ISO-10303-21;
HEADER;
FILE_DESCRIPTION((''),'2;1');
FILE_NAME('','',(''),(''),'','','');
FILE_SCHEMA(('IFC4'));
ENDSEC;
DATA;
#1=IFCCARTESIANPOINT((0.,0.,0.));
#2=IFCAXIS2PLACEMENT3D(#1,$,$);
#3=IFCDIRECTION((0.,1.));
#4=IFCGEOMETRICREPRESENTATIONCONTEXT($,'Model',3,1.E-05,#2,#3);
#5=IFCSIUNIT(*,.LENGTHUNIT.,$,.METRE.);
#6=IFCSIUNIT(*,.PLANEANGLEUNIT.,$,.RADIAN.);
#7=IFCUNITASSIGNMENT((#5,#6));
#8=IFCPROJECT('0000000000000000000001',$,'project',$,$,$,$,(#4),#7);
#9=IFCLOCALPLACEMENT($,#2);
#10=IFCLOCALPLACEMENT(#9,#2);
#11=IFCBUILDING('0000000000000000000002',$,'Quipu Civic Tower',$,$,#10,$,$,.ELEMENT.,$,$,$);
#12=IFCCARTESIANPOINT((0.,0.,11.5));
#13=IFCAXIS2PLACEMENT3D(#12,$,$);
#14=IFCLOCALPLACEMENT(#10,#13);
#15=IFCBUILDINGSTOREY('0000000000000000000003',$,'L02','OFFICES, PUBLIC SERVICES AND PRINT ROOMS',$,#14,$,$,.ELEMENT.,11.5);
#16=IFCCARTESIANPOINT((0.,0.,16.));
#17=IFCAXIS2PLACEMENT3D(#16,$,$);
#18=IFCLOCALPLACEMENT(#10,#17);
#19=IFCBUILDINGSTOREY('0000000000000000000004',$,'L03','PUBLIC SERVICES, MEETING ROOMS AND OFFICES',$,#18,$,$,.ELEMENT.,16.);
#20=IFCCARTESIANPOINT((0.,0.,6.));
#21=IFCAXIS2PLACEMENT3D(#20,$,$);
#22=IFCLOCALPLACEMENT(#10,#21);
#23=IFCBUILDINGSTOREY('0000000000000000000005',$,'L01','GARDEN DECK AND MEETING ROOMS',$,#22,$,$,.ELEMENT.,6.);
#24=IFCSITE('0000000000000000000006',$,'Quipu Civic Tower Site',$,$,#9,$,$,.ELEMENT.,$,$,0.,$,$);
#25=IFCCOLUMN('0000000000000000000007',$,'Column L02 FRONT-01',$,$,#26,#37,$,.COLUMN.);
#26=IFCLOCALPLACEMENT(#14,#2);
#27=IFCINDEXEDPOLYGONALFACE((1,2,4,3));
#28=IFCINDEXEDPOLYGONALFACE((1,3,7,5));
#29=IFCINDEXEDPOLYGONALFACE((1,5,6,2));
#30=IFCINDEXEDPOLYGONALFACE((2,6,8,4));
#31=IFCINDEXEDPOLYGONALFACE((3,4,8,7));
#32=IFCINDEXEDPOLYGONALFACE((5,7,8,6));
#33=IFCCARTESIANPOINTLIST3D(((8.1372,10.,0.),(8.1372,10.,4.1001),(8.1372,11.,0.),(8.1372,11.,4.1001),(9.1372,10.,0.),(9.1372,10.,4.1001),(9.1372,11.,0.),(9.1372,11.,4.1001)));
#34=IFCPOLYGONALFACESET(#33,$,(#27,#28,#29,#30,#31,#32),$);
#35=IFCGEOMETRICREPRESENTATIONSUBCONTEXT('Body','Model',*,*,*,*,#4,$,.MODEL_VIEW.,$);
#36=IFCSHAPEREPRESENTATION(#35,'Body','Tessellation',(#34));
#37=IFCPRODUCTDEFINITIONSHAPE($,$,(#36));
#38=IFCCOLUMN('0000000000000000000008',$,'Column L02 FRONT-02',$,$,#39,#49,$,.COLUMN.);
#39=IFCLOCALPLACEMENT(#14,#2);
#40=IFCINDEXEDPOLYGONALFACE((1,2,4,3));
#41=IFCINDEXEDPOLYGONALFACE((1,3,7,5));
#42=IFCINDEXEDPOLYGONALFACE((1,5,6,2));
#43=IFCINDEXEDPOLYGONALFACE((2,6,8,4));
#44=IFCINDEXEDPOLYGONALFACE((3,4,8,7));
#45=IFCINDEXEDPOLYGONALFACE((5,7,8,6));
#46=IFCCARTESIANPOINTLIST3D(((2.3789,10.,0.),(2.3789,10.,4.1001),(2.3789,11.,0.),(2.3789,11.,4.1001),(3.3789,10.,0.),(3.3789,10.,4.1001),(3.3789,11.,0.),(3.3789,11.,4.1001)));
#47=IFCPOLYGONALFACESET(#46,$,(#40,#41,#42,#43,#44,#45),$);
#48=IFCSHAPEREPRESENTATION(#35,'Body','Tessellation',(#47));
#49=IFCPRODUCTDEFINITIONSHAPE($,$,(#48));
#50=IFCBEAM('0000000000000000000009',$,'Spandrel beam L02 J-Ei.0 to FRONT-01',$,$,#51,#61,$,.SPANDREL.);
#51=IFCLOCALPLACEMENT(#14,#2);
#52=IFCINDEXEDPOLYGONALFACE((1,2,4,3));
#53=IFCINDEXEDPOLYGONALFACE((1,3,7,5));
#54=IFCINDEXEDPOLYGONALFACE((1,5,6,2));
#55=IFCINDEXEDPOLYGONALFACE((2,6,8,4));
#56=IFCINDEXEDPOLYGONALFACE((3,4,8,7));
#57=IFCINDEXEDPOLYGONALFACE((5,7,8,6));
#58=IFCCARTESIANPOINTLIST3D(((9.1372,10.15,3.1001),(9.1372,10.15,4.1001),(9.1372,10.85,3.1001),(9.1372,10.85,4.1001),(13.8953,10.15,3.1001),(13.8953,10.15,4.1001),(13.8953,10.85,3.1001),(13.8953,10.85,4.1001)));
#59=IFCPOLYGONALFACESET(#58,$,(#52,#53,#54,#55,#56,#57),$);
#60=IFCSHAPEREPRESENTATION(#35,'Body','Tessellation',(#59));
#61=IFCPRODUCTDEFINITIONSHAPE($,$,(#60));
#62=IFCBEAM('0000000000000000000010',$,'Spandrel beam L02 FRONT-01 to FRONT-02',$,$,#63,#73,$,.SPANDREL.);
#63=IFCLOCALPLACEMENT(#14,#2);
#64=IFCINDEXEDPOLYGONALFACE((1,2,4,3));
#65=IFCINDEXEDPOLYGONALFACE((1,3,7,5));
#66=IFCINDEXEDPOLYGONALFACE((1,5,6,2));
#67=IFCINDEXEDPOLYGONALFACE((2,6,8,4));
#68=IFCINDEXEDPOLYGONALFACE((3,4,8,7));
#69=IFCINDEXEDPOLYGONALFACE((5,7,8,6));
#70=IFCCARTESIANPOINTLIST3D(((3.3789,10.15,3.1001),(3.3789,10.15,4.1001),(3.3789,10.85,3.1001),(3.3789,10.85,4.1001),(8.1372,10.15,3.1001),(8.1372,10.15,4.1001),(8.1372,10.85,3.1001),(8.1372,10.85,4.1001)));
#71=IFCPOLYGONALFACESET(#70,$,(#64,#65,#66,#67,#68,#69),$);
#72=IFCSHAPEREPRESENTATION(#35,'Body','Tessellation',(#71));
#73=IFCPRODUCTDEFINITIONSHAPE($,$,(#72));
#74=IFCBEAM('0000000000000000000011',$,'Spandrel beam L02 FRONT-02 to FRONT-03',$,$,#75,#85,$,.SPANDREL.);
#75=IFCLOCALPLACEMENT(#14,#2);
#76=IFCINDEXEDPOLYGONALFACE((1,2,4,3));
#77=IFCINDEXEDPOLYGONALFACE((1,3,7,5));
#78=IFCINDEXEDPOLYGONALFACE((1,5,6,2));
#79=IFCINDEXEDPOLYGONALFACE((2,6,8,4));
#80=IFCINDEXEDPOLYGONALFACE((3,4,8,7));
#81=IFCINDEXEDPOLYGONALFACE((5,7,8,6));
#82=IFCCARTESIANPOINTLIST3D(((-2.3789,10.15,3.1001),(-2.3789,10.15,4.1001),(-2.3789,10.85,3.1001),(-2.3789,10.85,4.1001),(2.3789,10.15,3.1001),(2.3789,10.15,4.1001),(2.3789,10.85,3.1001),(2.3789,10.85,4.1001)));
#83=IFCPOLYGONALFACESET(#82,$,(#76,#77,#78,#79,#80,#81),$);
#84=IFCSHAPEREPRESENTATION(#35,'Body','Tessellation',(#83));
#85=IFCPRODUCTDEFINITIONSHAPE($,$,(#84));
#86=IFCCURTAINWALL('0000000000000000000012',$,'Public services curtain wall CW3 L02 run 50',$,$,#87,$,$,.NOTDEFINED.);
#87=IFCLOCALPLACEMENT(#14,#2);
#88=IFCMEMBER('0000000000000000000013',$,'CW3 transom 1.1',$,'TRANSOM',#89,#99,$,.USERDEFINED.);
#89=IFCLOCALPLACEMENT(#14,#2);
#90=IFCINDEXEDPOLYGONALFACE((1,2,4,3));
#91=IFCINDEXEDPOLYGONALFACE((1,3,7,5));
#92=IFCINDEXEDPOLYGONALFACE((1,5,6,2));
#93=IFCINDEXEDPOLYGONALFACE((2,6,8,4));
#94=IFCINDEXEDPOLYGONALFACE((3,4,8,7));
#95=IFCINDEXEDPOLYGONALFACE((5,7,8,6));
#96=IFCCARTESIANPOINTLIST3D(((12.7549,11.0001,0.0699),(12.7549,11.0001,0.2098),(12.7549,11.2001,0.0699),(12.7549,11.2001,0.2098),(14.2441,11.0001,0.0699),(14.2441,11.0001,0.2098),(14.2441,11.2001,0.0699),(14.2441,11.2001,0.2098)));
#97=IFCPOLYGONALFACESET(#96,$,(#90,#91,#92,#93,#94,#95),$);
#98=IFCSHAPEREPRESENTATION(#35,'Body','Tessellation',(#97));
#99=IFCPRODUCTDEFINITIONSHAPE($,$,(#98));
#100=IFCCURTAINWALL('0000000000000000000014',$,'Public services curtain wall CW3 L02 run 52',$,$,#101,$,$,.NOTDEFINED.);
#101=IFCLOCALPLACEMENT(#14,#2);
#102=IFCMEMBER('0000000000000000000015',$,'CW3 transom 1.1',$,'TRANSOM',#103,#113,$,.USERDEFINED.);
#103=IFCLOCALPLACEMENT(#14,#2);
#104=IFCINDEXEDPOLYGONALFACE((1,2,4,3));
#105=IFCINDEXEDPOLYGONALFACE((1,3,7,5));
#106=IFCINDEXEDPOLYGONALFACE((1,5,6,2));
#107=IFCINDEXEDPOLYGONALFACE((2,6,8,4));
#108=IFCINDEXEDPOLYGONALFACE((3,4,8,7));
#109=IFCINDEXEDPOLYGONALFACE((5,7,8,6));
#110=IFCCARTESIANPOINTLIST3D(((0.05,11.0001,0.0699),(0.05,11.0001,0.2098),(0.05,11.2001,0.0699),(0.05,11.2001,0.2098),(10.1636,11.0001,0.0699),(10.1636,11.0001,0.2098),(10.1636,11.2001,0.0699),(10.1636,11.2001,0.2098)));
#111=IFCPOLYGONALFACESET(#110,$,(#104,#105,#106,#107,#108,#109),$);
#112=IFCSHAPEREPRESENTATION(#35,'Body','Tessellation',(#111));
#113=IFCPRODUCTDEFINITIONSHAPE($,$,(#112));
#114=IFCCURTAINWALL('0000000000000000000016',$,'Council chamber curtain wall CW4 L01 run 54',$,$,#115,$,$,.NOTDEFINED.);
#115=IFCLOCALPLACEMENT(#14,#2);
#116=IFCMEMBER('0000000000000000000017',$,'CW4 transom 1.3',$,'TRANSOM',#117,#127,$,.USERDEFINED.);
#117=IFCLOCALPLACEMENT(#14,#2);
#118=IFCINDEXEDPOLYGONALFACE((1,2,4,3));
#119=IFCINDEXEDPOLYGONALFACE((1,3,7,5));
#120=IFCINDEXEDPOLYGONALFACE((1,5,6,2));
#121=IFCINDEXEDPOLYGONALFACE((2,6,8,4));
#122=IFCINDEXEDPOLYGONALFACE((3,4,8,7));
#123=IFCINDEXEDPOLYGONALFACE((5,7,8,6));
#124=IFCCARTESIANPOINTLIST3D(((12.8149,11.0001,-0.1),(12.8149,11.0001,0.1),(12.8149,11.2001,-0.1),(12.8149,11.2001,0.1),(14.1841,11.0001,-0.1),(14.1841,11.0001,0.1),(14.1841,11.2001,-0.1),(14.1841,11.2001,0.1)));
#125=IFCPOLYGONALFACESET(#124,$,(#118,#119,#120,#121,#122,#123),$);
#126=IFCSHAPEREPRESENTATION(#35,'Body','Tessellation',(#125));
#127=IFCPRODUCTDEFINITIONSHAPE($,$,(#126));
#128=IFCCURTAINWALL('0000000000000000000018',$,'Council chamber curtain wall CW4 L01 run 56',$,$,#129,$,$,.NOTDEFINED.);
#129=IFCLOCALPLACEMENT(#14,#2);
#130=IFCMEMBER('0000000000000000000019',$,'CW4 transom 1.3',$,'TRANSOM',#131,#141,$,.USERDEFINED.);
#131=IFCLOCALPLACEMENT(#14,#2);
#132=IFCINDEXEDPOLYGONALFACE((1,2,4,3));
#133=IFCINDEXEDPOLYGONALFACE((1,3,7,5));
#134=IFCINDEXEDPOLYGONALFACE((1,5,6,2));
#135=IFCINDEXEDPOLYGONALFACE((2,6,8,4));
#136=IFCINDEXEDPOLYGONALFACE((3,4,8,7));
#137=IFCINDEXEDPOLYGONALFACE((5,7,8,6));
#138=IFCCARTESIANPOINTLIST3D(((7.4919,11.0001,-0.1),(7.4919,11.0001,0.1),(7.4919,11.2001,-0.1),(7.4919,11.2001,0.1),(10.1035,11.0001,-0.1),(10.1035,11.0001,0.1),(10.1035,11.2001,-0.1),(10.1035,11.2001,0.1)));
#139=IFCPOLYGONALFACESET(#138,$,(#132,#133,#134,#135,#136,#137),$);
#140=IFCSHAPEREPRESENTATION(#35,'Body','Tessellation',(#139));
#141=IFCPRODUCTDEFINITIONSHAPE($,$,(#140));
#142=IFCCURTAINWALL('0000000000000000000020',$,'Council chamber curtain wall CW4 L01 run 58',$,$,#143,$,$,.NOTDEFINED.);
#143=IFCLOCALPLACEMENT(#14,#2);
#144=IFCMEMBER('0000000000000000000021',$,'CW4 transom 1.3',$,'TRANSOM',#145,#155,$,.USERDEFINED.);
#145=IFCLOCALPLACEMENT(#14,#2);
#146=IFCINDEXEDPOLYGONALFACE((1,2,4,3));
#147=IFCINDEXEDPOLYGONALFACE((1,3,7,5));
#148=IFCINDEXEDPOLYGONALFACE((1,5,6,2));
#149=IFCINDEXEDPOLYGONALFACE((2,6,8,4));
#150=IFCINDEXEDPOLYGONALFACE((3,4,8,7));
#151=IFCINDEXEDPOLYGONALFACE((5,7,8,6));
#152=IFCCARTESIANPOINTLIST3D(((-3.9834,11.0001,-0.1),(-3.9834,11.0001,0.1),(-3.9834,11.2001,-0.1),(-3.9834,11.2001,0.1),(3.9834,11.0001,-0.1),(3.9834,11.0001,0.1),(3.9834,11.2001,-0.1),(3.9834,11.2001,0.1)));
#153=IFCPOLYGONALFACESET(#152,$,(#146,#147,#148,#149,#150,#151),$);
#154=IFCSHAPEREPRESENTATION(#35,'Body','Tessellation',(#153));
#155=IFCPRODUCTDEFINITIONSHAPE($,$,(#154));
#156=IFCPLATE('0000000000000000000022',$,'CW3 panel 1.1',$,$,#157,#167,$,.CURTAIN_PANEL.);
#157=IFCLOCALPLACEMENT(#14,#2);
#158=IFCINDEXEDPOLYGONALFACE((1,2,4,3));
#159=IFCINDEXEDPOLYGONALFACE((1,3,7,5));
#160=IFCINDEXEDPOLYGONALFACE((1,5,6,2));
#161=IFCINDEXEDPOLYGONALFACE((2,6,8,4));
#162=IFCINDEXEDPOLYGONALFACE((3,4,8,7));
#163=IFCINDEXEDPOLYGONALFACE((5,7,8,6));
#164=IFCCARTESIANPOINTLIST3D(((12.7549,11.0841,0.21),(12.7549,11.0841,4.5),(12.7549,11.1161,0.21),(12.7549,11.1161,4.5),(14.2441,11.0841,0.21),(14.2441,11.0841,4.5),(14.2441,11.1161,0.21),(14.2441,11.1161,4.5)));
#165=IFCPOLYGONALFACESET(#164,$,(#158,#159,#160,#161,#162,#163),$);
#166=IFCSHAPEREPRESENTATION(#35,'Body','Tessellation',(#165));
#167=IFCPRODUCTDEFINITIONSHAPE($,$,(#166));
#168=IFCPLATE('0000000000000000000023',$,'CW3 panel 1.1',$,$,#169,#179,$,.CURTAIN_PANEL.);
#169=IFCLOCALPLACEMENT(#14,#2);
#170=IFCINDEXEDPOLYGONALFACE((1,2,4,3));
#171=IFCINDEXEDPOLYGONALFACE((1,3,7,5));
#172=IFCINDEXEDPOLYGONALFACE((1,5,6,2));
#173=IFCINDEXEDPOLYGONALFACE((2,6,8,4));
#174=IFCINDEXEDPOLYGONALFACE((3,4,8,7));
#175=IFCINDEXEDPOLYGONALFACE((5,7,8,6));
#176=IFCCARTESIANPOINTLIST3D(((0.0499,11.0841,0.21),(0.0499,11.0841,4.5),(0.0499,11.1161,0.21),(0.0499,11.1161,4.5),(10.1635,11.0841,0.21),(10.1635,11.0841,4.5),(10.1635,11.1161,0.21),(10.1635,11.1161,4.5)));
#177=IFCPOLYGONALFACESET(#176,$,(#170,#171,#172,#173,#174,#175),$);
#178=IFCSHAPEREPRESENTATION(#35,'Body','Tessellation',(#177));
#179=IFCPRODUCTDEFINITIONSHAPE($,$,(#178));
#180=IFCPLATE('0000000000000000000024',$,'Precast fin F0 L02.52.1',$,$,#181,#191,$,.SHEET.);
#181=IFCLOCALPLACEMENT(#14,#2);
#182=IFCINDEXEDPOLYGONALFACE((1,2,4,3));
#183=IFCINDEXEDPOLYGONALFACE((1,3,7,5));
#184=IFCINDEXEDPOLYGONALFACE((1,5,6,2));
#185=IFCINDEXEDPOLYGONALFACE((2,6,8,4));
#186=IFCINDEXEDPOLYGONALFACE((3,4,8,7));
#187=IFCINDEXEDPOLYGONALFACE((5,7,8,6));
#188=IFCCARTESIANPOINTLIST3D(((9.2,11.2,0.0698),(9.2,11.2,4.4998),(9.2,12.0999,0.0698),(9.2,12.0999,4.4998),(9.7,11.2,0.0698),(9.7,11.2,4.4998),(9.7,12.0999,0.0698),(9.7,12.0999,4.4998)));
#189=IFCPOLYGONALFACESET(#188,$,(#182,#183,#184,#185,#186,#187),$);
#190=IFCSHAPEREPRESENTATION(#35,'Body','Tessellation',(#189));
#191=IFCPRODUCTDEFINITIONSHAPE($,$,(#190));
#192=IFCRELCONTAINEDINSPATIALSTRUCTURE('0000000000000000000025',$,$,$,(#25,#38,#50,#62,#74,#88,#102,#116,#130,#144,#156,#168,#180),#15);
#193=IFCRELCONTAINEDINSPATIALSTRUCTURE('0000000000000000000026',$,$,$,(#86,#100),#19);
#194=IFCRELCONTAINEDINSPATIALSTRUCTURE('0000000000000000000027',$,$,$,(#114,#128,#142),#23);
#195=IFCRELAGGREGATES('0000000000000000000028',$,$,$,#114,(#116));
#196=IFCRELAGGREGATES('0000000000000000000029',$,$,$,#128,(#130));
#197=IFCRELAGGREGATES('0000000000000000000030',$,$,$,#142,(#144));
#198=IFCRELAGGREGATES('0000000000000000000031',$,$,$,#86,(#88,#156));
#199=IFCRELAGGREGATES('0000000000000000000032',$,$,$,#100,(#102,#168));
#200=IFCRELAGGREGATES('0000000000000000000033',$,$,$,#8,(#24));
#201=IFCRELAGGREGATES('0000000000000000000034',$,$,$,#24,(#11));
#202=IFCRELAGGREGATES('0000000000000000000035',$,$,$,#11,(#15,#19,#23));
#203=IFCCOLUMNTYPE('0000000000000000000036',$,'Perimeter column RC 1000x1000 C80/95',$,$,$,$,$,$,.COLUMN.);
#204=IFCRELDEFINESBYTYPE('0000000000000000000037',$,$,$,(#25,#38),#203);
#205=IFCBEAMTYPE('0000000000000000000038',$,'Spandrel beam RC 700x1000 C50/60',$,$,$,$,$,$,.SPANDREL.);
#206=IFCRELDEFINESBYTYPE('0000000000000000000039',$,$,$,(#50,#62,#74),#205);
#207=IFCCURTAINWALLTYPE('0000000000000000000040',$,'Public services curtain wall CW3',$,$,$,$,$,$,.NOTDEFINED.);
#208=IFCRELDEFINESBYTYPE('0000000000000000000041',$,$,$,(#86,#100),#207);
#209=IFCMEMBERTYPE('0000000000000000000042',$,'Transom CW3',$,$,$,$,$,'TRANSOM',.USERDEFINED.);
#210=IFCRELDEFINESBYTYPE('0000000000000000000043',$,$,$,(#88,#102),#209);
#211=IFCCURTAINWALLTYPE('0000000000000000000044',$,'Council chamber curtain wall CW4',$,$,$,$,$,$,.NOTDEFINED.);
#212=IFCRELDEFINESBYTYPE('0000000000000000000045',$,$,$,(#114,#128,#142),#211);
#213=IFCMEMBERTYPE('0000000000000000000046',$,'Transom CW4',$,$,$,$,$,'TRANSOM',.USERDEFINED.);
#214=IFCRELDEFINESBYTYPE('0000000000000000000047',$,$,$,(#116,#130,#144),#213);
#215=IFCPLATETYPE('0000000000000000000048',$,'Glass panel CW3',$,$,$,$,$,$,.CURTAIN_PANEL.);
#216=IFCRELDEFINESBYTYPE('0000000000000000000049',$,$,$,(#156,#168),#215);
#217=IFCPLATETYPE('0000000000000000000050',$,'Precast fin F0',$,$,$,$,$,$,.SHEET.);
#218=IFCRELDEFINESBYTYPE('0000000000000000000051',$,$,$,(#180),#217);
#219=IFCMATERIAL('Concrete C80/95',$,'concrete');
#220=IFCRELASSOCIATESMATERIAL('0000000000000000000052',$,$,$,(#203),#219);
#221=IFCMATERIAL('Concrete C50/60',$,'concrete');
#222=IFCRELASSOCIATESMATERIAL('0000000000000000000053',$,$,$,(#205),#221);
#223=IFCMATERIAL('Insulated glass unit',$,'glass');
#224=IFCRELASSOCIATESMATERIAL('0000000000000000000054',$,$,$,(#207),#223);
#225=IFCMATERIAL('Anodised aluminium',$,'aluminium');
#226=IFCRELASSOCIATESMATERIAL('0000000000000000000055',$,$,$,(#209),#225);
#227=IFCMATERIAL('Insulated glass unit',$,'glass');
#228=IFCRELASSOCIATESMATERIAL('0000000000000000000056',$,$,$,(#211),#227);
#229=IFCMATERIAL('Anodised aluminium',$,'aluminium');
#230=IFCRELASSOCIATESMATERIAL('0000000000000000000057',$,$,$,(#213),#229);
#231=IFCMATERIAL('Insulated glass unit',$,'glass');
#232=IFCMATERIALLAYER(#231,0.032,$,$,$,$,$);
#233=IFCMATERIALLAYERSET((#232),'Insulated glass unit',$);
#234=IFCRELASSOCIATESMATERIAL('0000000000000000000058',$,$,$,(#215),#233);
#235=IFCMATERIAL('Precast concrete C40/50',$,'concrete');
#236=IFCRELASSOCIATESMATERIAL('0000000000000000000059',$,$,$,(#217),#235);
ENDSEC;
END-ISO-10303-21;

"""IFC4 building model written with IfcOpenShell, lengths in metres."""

from ifc_helpers import new_model, si_unit, direction, frame, origin, origin_2d, place, context, subcontext, project, spatial, rectangle, extrude, material, layer, layer_set, material_profile, profile_set, type_object, element, aggregate, save


model = new_model("IFC4")

# Units and contexts
model_context = context("Model", 3, precision=1e-05, world=origin(), true_north=direction((0.0, 1.0)))
body_context = subcontext(model_context, "Body", "Model", "MODEL_VIEW")
ifc_project = project(units=[si_unit("LENGTHUNIT", "METRE"), si_unit("PLANEANGLEUNIT", "RADIAN")], contexts=[model_context])

# Site, building, storey
site_placement = place(None, origin())
site = spatial("IfcSite", under=ifc_project, at=site_placement, Name="Quipu Civic Tower Site", CompositionType="ELEMENT", RefElevation=0.0)
building_placement = place(site_placement, origin())
building = spatial("IfcBuilding", under=site, at=building_placement, Name="Quipu Civic Tower", CompositionType="ELEMENT")
storey_1_placement = place(building_placement, frame((0.0, 0.0, 11.5)))
storey_1 = spatial("IfcBuildingStorey", under=building, at=storey_1_placement, Name="L02", Description="OFFICES, PUBLIC SERVICES AND PRINT ROOMS", CompositionType="ELEMENT", Elevation=11.5)

# Columns
ifc_material_1 = material(Name="Concrete C80/95", Category="concrete")
ifc_material_profile_1 = material_profile(ifc_material_1, rectangle(XDim=1.0, YDim=1.0, at=origin_2d()), Name="RC1000x1000")
ifc_profile_set_1 = profile_set([ifc_material_profile_1], Name="Concrete C80/95")
column_type = type_object("IfcColumnType", Name="Perimeter column RC 1000x1000 C80/95", PredefinedType="COLUMN", material=ifc_profile_set_1)
for number, where, z_axis, x_axis, name in (
    (1, (8.6372, 10.5, 0.0), (0.0, 0.0, 1.0), (-1.0, 0.0, 0.0), "Column L02 FRONT-01"),
    (2, (2.8789, 10.5, 0.0), (0.0, 0.0, 1.0), (-1.0, 0.0, 0.0), "Column L02 FRONT-02"),
):
    element("IfcColumn", number, at=place(storey_1_placement, frame(where, z_axis=z_axis, x_axis=x_axis)), inside=storey_1, type_object=column_type, Name=name, PredefinedType="COLUMN", context=body_context, shape_type="SweptSolid", body=[
        extrude(rectangle(XDim=1.0, YDim=1.0, at=origin_2d()), origin(), (0.0, 0.0, 1.0), 4.1001),
    ])

# Beams
ifc_material_2 = material(Name="Concrete C50/60", Category="concrete")
ifc_material_profile_2 = material_profile(ifc_material_2, rectangle(XDim=0.7, YDim=1.0, at=origin_2d()), Name="RC700x1000")
ifc_profile_set_2 = profile_set([ifc_material_profile_2], Name="Concrete C50/60")
beam_type = type_object("IfcBeamType", Name="Spandrel beam RC 700x1000 C50/60", PredefinedType="SPANDREL", material=ifc_profile_set_2)
beam_1_placement = place(storey_1_placement, frame((13.8953, 10.5, 3.6001), z_axis=(-1.0, 0.0, 0.0), x_axis=(0.0, -1.0, 0.0)))
element("IfcBeam", 3, at=beam_1_placement, inside=storey_1, type_object=beam_type, Name="Spandrel beam L02 J-Ei.0 to FRONT-01", PredefinedType="SPANDREL", context=body_context, shape_type="SweptSolid", body=[
    extrude(rectangle(XDim=0.7, YDim=1.0, at=origin_2d()), origin(), (0.0, 0.0, 1.0), 4.7581),
])
beam_2_placement = place(storey_1_placement, frame((8.1372, 10.5, 3.6001), z_axis=(-1.0, 0.0, 0.0), x_axis=(0.0, -1.0, 0.0)))
element("IfcBeam", 4, at=beam_2_placement, inside=storey_1, type_object=beam_type, Name="Spandrel beam L02 FRONT-01 to FRONT-02", PredefinedType="SPANDREL", context=body_context, shape_type="SweptSolid", body=[
    extrude(rectangle(XDim=0.7, YDim=1.0, at=origin_2d()), origin(), (0.0, 0.0, 1.0), 4.7583),
])
beam_3_placement = place(storey_1_placement, frame((2.3789, 10.5, 3.6001), z_axis=(-1.0, 0.0, 0.0), x_axis=(0.0, -1.0, 0.0)))
element("IfcBeam", 5, at=beam_3_placement, inside=storey_1, type_object=beam_type, Name="Spandrel beam L02 FRONT-02 to FRONT-03", PredefinedType="SPANDREL", context=body_context, shape_type="SweptSolid", body=[
    extrude(rectangle(XDim=0.7, YDim=1.0, at=origin_2d()), origin(), (0.0, 0.0, 1.0), 4.7578),
])

# Shared definitions
storey_2_placement = place(building_placement, frame((0.0, 0.0, 16.0)))
storey_2 = spatial("IfcBuildingStorey", under=building, at=storey_2_placement, Name="L03", Description="PUBLIC SERVICES, MEETING ROOMS AND OFFICES", CompositionType="ELEMENT", Elevation=16.0)

# Curtain walls, members
ifc_material_3 = material(Name="Insulated glass unit", Category="glass")
curtain_wall_type_1 = type_object("IfcCurtainWallType", Name="Public services curtain wall CW3", PredefinedType="NOTDEFINED", material=ifc_material_3)
curtain_wall_1_placement = place(storey_2_placement, origin())
curtain_wall_1 = element("IfcCurtainWall", 6, at=curtain_wall_1_placement, inside=storey_2, type_object=curtain_wall_type_1, Name="Public services curtain wall CW3 L02 run 50", PredefinedType="NOTDEFINED")
ifc_material_4 = material(Name="Anodised aluminium", Category="aluminium")
ifc_material_profile_3 = material_profile(ifc_material_4, rectangle(XDim=0.2, YDim=0.1399, at=origin_2d()), Name="RECT 200x140")
ifc_profile_set_3 = profile_set([ifc_material_profile_3], Name="Anodised aluminium")
member_type_1 = type_object("IfcMemberType", Name="Transom CW3", ElementType="TRANSOM", PredefinedType="USERDEFINED", material=ifc_profile_set_3)
member_1_placement = place(storey_1_placement, frame((14.2441, 11.1001, 0.1399), z_axis=(-1.0, 0.0, 0.0), x_axis=(0.0, -1.0, 0.0)))
member_1 = element("IfcMember", 7, at=member_1_placement, inside=storey_1, type_object=member_type_1, Name="CW3 transom 1.1", ObjectType="TRANSOM", PredefinedType="USERDEFINED", context=body_context, shape_type="SweptSolid", body=[
    extrude(rectangle(XDim=0.2, YDim=0.1399, at=origin_2d()), origin(), (0.0, 0.0, 1.0), 1.4893),
])
curtain_wall_2_placement = place(storey_2_placement, origin())
curtain_wall_2 = element("IfcCurtainWall", 8, at=curtain_wall_2_placement, inside=storey_2, type_object=curtain_wall_type_1, Name="Public services curtain wall CW3 L02 run 52", PredefinedType="NOTDEFINED")
member_2_placement = place(storey_1_placement, frame((10.1636, 11.1001, 0.1399), z_axis=(-1.0, 0.0, 0.0), x_axis=(0.0, -1.0, 0.0)))
member_2 = element("IfcMember", 9, at=member_2_placement, inside=storey_1, type_object=member_type_1, Name="CW3 transom 1.1", ObjectType="TRANSOM", PredefinedType="USERDEFINED", context=body_context, shape_type="SweptSolid", body=[
    extrude(rectangle(XDim=0.2, YDim=0.1399, at=origin_2d()), origin(), (0.0, 0.0, 1.0), 10.1135),
])

# Shared definitions
storey_3_placement = place(building_placement, frame((0.0, 0.0, 6.0)))
storey_3 = spatial("IfcBuildingStorey", under=building, at=storey_3_placement, Name="L01", Description="GARDEN DECK AND MEETING ROOMS", CompositionType="ELEMENT", Elevation=6.0)

# Curtain walls, members
ifc_material_5 = material(Name="Insulated glass unit", Category="glass")
curtain_wall_type_2 = type_object("IfcCurtainWallType", Name="Council chamber curtain wall CW4", PredefinedType="NOTDEFINED", material=ifc_material_5)
curtain_wall_3_placement = place(storey_3_placement, origin())
curtain_wall_3 = element("IfcCurtainWall", 10, at=curtain_wall_3_placement, inside=storey_3, type_object=curtain_wall_type_2, Name="Council chamber curtain wall CW4 L01 run 54", PredefinedType="NOTDEFINED")
ifc_material_6 = material(Name="Anodised aluminium", Category="aluminium")
ifc_material_profile_4 = material_profile(ifc_material_6, rectangle(XDim=0.2, YDim=0.2, at=origin_2d()), Name="RECT 200x200")
ifc_profile_set_4 = profile_set([ifc_material_profile_4], Name="Anodised aluminium")
member_type_2 = type_object("IfcMemberType", Name="Transom CW4", ElementType="TRANSOM", PredefinedType="USERDEFINED", material=ifc_profile_set_4)
member_3_placement = place(storey_1_placement, frame((14.1841, 11.1001, 0.0), z_axis=(-1.0, 0.0, 0.0), x_axis=(0.0, -1.0, 0.0)))
member_3 = element("IfcMember", 11, at=member_3_placement, inside=storey_1, type_object=member_type_2, Name="CW4 transom 1.3", ObjectType="TRANSOM", PredefinedType="USERDEFINED", context=body_context, shape_type="SweptSolid", body=[
    extrude(rectangle(XDim=0.2, YDim=0.2, at=origin_2d()), origin(), (0.0, 0.0, 1.0), 1.3691),
])
aggregate(curtain_wall_3, [member_3])
curtain_wall_4_placement = place(storey_3_placement, origin())
curtain_wall_4 = element("IfcCurtainWall", 12, at=curtain_wall_4_placement, inside=storey_3, type_object=curtain_wall_type_2, Name="Council chamber curtain wall CW4 L01 run 56", PredefinedType="NOTDEFINED")
member_4_placement = place(storey_1_placement, frame((10.1035, 11.1001, 0.0), z_axis=(-1.0, 0.0, 0.0), x_axis=(0.0, -1.0, 0.0)))
member_4 = element("IfcMember", 13, at=member_4_placement, inside=storey_1, type_object=member_type_2, Name="CW4 transom 1.3", ObjectType="TRANSOM", PredefinedType="USERDEFINED", context=body_context, shape_type="SweptSolid", body=[
    extrude(rectangle(XDim=0.2, YDim=0.2, at=origin_2d()), origin(), (0.0, 0.0, 1.0), 2.6116),
])
aggregate(curtain_wall_4, [member_4])
curtain_wall_5_placement = place(storey_3_placement, origin())
curtain_wall_5 = element("IfcCurtainWall", 14, at=curtain_wall_5_placement, inside=storey_3, type_object=curtain_wall_type_2, Name="Council chamber curtain wall CW4 L01 run 58", PredefinedType="NOTDEFINED")
member_5_placement = place(storey_1_placement, frame((3.9834, 11.1001, 0.0), z_axis=(-1.0, 0.0, 0.0), x_axis=(0.0, -1.0, 0.0)))
member_5 = element("IfcMember", 15, at=member_5_placement, inside=storey_1, type_object=member_type_2, Name="CW4 transom 1.3", ObjectType="TRANSOM", PredefinedType="USERDEFINED", context=body_context, shape_type="SweptSolid", body=[
    extrude(rectangle(XDim=0.2, YDim=0.2, at=origin_2d()), origin(), (0.0, 0.0, 1.0), 7.9668),
])
aggregate(curtain_wall_5, [member_5])

# Plates
ifc_material_7 = material(Name="Insulated glass unit", Category="glass")
ifc_layer_1 = layer(ifc_material_7, 0.032)
ifc_layer_set_1 = layer_set([ifc_layer_1], Name="Insulated glass unit")
plate_type_1 = type_object("IfcPlateType", Name="Glass panel CW3", PredefinedType="CURTAIN_PANEL", material=ifc_layer_set_1)
plate_1_placement = place(storey_1_placement, frame((13.4995, 11.1001, 0.21), z_axis=(0.0, 0.0, 1.0), x_axis=(-1.0, 0.0, 0.0)))
plate_1 = element("IfcPlate", 16, at=plate_1_placement, inside=storey_1, type_object=plate_type_1, Name="CW3 panel 1.1", PredefinedType="CURTAIN_PANEL", context=body_context, shape_type="SweptSolid", body=[
    extrude(rectangle(XDim=1.4893, YDim=0.032, at=origin_2d()), origin(), (0.0, 0.0, 1.0), 4.29),
])
aggregate(curtain_wall_1, [member_1, plate_1])
plate_2_placement = place(storey_1_placement, frame((5.1067, 11.1001, 0.21), z_axis=(0.0, 0.0, 1.0), x_axis=(-1.0, 0.0, 0.0)))
plate_2 = element("IfcPlate", 17, at=plate_2_placement, inside=storey_1, type_object=plate_type_1, Name="CW3 panel 1.1", PredefinedType="CURTAIN_PANEL", context=body_context, shape_type="SweptSolid", body=[
    extrude(rectangle(XDim=10.1135, YDim=0.032, at=origin_2d()), origin(), (0.0, 0.0, 1.0), 4.29),
])
aggregate(curtain_wall_2, [member_2, plate_2])

# Plate
ifc_material_8 = material(Name="Precast concrete C40/50", Category="concrete")
plate_type_2 = type_object("IfcPlateType", Name="Precast fin F0", PredefinedType="SHEET", material=ifc_material_8)
for number, where, z_axis, x_axis, name in (
    (18, (9.45, 11.6499, 0.0698), (0.0, 0.0, 1.0), (-1.0, 0.0, 0.0), "Precast fin F0 L02.52.1"),
):
    element("IfcPlate", number, at=place(storey_1_placement, frame(where, z_axis=z_axis, x_axis=x_axis)), inside=storey_1, type_object=plate_type_2, Name=name, PredefinedType="SHEET", context=body_context, shape_type="SweptSolid", body=[
        extrude(rectangle(XDim=0.5, YDim=0.8999, at=origin_2d()), origin(), (0.0, 0.0, 1.0), 4.4299),
    ])

save(model, "model.ifc")
